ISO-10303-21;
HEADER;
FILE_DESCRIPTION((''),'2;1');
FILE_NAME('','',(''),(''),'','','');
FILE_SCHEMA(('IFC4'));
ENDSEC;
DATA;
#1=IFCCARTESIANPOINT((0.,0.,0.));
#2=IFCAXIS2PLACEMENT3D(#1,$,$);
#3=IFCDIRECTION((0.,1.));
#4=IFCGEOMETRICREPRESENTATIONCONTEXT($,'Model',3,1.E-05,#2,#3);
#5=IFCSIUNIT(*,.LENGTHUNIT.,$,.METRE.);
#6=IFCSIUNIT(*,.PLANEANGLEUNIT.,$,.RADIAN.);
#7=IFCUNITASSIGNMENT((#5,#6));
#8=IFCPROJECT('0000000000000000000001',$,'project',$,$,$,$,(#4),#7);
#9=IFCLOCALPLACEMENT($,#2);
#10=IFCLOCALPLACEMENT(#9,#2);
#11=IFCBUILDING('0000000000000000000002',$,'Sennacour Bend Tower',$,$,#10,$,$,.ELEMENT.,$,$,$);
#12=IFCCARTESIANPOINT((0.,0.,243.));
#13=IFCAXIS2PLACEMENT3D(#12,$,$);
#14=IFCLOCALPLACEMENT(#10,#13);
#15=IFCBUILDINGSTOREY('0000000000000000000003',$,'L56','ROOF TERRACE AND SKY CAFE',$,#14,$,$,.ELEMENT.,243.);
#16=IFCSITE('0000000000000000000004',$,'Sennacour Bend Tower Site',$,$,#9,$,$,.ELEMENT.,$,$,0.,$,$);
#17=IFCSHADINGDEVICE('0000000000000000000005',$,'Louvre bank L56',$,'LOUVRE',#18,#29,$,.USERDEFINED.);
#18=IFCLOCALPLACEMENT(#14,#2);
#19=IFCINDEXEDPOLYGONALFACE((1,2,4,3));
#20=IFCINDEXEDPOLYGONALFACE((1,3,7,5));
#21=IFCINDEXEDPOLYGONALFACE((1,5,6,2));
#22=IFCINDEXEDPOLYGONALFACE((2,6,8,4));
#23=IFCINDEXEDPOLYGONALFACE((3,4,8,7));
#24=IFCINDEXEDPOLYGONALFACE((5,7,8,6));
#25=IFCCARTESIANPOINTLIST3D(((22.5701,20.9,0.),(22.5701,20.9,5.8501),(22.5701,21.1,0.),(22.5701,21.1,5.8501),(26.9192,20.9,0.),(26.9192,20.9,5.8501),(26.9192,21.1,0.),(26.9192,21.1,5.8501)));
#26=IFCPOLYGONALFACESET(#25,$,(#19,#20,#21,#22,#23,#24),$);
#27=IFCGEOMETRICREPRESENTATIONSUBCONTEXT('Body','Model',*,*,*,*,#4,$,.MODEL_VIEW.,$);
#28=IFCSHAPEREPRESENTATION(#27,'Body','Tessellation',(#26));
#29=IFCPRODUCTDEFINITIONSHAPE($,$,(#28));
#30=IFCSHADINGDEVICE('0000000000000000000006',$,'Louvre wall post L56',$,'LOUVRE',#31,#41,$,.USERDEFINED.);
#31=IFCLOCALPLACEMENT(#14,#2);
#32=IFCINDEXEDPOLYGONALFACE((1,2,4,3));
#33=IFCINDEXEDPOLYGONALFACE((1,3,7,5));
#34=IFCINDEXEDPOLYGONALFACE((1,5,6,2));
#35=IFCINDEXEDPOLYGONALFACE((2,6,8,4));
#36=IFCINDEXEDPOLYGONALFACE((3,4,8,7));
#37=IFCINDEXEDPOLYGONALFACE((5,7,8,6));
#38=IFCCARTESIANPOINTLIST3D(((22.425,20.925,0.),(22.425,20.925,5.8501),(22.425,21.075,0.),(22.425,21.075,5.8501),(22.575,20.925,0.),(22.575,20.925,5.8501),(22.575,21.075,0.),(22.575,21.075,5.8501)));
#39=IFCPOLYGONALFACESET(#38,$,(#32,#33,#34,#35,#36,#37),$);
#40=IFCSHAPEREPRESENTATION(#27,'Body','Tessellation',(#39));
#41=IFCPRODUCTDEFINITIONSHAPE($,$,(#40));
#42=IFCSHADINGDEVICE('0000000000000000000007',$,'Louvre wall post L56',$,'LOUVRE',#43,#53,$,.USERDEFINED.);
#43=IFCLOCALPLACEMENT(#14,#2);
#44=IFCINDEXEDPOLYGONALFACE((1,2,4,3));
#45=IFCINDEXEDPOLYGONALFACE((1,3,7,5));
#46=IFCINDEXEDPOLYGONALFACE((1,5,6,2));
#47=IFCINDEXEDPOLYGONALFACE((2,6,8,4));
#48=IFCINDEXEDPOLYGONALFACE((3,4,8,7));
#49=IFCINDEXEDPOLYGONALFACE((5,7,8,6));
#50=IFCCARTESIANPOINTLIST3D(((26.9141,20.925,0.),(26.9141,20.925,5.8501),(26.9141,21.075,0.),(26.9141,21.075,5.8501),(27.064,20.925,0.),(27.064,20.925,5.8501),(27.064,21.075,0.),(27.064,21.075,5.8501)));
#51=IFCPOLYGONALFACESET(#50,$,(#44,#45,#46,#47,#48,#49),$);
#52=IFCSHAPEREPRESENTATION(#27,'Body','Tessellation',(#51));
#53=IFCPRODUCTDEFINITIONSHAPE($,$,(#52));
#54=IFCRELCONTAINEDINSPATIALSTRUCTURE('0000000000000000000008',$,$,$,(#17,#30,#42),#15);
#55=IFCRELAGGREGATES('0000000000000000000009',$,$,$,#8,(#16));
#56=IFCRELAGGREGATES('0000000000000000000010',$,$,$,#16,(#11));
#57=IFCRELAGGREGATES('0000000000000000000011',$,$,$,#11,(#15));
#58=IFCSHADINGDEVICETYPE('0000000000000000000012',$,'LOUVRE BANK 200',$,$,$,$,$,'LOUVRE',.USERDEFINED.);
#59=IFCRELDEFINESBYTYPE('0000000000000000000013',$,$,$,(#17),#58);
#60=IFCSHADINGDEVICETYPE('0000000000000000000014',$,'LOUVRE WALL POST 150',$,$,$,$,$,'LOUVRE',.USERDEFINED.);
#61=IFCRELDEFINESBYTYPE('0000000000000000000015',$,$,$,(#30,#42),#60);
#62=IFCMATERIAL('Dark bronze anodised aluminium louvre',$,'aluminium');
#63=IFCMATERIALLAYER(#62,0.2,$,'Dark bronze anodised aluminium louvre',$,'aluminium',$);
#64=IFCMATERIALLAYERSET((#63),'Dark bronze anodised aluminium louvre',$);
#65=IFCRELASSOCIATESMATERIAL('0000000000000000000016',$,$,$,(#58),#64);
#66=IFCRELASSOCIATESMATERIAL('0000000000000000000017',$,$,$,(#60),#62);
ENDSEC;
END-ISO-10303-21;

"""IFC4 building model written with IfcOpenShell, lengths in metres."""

from ifc_helpers import new_model, si_unit, direction, frame, origin, origin_2d, place, context, subcontext, project, spatial, rectangle, extrude, material, layer, layer_set, type_object, element, save


model = new_model("IFC4")

# Units and contexts
model_context = context("Model", 3, precision=1e-05, world=origin(), true_north=direction((0.0, 1.0)))
body_context = subcontext(model_context, "Body", "Model", "MODEL_VIEW")
ifc_project = project(units=[si_unit("LENGTHUNIT", "METRE"), si_unit("PLANEANGLEUNIT", "RADIAN")], contexts=[model_context])

# Site, building, storey
site_placement = place(None, origin())
site = spatial("IfcSite", under=ifc_project, at=site_placement, Name="Sennacour Bend Tower Site", CompositionType="ELEMENT", RefElevation=0.0)
building_placement = place(site_placement, origin())
building = spatial("IfcBuilding", under=site, at=building_placement, Name="Sennacour Bend Tower", CompositionType="ELEMENT")
storey_placement = place(building_placement, frame((0.0, 0.0, 243.0)))
storey = spatial("IfcBuildingStorey", under=building, at=storey_placement, Name="L56", Description="ROOF TERRACE AND SKY CAFE", CompositionType="ELEMENT", Elevation=243.0)

# Shading devices
ifc_material_1 = material(Name="Dark bronze anodised aluminium louvre", Category="aluminium")
ifc_layer_1 = layer(ifc_material_1, 0.2, Name="Dark bronze anodised aluminium louvre", Category="aluminium")
ifc_layer_set_1 = layer_set([ifc_layer_1], Name="Dark bronze anodised aluminium louvre")
shading_device_type_1 = type_object("IfcShadingDeviceType", Name="LOUVRE BANK 200", ElementType="LOUVRE", PredefinedType="USERDEFINED", material=ifc_layer_set_1)
shading_device_placement = place(storey_placement, frame((24.7446, 21.0, 0.0), z_axis=(0.0, 0.0, 1.0), x_axis=(1.0, 0.0, 0.0)))
element("IfcShadingDevice", 1, at=shading_device_placement, inside=storey, type_object=shading_device_type_1, Name="Louvre bank L56", ObjectType="LOUVRE", PredefinedType="USERDEFINED", context=body_context, shape_type="SweptSolid", body=[
    extrude(rectangle(XDim=4.3491, YDim=0.2, at=origin_2d()), origin(), (0.0, 0.0, 1.0), 5.8501),
])
shading_device_type_2 = type_object("IfcShadingDeviceType", Name="LOUVRE WALL POST 150", ElementType="LOUVRE", PredefinedType="USERDEFINED", material=ifc_material_1)
for number, where, z_axis, x_axis, name in (
    (2, (22.5, 21.0, 0.0), (0.0, 0.0, 1.0), (1.0, 0.0, 0.0), "Louvre wall post L56"),
    (3, (26.989, 21.0, 0.0), (0.0, 0.0, 1.0), (1.0, 0.0, 0.0), "Louvre wall post L56"),
):
    element("IfcShadingDevice", number, at=place(storey_placement, frame(where, z_axis=z_axis, x_axis=x_axis)), inside=storey, type_object=shading_device_type_2, Name=name, ObjectType="LOUVRE", PredefinedType="USERDEFINED", context=body_context, shape_type="SweptSolid", body=[
        extrude(rectangle(XDim=0.1499, YDim=0.1499, at=origin_2d()), origin(), (0.0, 0.0, 1.0), 5.8501),
    ])

save(model, "model.ifc")
